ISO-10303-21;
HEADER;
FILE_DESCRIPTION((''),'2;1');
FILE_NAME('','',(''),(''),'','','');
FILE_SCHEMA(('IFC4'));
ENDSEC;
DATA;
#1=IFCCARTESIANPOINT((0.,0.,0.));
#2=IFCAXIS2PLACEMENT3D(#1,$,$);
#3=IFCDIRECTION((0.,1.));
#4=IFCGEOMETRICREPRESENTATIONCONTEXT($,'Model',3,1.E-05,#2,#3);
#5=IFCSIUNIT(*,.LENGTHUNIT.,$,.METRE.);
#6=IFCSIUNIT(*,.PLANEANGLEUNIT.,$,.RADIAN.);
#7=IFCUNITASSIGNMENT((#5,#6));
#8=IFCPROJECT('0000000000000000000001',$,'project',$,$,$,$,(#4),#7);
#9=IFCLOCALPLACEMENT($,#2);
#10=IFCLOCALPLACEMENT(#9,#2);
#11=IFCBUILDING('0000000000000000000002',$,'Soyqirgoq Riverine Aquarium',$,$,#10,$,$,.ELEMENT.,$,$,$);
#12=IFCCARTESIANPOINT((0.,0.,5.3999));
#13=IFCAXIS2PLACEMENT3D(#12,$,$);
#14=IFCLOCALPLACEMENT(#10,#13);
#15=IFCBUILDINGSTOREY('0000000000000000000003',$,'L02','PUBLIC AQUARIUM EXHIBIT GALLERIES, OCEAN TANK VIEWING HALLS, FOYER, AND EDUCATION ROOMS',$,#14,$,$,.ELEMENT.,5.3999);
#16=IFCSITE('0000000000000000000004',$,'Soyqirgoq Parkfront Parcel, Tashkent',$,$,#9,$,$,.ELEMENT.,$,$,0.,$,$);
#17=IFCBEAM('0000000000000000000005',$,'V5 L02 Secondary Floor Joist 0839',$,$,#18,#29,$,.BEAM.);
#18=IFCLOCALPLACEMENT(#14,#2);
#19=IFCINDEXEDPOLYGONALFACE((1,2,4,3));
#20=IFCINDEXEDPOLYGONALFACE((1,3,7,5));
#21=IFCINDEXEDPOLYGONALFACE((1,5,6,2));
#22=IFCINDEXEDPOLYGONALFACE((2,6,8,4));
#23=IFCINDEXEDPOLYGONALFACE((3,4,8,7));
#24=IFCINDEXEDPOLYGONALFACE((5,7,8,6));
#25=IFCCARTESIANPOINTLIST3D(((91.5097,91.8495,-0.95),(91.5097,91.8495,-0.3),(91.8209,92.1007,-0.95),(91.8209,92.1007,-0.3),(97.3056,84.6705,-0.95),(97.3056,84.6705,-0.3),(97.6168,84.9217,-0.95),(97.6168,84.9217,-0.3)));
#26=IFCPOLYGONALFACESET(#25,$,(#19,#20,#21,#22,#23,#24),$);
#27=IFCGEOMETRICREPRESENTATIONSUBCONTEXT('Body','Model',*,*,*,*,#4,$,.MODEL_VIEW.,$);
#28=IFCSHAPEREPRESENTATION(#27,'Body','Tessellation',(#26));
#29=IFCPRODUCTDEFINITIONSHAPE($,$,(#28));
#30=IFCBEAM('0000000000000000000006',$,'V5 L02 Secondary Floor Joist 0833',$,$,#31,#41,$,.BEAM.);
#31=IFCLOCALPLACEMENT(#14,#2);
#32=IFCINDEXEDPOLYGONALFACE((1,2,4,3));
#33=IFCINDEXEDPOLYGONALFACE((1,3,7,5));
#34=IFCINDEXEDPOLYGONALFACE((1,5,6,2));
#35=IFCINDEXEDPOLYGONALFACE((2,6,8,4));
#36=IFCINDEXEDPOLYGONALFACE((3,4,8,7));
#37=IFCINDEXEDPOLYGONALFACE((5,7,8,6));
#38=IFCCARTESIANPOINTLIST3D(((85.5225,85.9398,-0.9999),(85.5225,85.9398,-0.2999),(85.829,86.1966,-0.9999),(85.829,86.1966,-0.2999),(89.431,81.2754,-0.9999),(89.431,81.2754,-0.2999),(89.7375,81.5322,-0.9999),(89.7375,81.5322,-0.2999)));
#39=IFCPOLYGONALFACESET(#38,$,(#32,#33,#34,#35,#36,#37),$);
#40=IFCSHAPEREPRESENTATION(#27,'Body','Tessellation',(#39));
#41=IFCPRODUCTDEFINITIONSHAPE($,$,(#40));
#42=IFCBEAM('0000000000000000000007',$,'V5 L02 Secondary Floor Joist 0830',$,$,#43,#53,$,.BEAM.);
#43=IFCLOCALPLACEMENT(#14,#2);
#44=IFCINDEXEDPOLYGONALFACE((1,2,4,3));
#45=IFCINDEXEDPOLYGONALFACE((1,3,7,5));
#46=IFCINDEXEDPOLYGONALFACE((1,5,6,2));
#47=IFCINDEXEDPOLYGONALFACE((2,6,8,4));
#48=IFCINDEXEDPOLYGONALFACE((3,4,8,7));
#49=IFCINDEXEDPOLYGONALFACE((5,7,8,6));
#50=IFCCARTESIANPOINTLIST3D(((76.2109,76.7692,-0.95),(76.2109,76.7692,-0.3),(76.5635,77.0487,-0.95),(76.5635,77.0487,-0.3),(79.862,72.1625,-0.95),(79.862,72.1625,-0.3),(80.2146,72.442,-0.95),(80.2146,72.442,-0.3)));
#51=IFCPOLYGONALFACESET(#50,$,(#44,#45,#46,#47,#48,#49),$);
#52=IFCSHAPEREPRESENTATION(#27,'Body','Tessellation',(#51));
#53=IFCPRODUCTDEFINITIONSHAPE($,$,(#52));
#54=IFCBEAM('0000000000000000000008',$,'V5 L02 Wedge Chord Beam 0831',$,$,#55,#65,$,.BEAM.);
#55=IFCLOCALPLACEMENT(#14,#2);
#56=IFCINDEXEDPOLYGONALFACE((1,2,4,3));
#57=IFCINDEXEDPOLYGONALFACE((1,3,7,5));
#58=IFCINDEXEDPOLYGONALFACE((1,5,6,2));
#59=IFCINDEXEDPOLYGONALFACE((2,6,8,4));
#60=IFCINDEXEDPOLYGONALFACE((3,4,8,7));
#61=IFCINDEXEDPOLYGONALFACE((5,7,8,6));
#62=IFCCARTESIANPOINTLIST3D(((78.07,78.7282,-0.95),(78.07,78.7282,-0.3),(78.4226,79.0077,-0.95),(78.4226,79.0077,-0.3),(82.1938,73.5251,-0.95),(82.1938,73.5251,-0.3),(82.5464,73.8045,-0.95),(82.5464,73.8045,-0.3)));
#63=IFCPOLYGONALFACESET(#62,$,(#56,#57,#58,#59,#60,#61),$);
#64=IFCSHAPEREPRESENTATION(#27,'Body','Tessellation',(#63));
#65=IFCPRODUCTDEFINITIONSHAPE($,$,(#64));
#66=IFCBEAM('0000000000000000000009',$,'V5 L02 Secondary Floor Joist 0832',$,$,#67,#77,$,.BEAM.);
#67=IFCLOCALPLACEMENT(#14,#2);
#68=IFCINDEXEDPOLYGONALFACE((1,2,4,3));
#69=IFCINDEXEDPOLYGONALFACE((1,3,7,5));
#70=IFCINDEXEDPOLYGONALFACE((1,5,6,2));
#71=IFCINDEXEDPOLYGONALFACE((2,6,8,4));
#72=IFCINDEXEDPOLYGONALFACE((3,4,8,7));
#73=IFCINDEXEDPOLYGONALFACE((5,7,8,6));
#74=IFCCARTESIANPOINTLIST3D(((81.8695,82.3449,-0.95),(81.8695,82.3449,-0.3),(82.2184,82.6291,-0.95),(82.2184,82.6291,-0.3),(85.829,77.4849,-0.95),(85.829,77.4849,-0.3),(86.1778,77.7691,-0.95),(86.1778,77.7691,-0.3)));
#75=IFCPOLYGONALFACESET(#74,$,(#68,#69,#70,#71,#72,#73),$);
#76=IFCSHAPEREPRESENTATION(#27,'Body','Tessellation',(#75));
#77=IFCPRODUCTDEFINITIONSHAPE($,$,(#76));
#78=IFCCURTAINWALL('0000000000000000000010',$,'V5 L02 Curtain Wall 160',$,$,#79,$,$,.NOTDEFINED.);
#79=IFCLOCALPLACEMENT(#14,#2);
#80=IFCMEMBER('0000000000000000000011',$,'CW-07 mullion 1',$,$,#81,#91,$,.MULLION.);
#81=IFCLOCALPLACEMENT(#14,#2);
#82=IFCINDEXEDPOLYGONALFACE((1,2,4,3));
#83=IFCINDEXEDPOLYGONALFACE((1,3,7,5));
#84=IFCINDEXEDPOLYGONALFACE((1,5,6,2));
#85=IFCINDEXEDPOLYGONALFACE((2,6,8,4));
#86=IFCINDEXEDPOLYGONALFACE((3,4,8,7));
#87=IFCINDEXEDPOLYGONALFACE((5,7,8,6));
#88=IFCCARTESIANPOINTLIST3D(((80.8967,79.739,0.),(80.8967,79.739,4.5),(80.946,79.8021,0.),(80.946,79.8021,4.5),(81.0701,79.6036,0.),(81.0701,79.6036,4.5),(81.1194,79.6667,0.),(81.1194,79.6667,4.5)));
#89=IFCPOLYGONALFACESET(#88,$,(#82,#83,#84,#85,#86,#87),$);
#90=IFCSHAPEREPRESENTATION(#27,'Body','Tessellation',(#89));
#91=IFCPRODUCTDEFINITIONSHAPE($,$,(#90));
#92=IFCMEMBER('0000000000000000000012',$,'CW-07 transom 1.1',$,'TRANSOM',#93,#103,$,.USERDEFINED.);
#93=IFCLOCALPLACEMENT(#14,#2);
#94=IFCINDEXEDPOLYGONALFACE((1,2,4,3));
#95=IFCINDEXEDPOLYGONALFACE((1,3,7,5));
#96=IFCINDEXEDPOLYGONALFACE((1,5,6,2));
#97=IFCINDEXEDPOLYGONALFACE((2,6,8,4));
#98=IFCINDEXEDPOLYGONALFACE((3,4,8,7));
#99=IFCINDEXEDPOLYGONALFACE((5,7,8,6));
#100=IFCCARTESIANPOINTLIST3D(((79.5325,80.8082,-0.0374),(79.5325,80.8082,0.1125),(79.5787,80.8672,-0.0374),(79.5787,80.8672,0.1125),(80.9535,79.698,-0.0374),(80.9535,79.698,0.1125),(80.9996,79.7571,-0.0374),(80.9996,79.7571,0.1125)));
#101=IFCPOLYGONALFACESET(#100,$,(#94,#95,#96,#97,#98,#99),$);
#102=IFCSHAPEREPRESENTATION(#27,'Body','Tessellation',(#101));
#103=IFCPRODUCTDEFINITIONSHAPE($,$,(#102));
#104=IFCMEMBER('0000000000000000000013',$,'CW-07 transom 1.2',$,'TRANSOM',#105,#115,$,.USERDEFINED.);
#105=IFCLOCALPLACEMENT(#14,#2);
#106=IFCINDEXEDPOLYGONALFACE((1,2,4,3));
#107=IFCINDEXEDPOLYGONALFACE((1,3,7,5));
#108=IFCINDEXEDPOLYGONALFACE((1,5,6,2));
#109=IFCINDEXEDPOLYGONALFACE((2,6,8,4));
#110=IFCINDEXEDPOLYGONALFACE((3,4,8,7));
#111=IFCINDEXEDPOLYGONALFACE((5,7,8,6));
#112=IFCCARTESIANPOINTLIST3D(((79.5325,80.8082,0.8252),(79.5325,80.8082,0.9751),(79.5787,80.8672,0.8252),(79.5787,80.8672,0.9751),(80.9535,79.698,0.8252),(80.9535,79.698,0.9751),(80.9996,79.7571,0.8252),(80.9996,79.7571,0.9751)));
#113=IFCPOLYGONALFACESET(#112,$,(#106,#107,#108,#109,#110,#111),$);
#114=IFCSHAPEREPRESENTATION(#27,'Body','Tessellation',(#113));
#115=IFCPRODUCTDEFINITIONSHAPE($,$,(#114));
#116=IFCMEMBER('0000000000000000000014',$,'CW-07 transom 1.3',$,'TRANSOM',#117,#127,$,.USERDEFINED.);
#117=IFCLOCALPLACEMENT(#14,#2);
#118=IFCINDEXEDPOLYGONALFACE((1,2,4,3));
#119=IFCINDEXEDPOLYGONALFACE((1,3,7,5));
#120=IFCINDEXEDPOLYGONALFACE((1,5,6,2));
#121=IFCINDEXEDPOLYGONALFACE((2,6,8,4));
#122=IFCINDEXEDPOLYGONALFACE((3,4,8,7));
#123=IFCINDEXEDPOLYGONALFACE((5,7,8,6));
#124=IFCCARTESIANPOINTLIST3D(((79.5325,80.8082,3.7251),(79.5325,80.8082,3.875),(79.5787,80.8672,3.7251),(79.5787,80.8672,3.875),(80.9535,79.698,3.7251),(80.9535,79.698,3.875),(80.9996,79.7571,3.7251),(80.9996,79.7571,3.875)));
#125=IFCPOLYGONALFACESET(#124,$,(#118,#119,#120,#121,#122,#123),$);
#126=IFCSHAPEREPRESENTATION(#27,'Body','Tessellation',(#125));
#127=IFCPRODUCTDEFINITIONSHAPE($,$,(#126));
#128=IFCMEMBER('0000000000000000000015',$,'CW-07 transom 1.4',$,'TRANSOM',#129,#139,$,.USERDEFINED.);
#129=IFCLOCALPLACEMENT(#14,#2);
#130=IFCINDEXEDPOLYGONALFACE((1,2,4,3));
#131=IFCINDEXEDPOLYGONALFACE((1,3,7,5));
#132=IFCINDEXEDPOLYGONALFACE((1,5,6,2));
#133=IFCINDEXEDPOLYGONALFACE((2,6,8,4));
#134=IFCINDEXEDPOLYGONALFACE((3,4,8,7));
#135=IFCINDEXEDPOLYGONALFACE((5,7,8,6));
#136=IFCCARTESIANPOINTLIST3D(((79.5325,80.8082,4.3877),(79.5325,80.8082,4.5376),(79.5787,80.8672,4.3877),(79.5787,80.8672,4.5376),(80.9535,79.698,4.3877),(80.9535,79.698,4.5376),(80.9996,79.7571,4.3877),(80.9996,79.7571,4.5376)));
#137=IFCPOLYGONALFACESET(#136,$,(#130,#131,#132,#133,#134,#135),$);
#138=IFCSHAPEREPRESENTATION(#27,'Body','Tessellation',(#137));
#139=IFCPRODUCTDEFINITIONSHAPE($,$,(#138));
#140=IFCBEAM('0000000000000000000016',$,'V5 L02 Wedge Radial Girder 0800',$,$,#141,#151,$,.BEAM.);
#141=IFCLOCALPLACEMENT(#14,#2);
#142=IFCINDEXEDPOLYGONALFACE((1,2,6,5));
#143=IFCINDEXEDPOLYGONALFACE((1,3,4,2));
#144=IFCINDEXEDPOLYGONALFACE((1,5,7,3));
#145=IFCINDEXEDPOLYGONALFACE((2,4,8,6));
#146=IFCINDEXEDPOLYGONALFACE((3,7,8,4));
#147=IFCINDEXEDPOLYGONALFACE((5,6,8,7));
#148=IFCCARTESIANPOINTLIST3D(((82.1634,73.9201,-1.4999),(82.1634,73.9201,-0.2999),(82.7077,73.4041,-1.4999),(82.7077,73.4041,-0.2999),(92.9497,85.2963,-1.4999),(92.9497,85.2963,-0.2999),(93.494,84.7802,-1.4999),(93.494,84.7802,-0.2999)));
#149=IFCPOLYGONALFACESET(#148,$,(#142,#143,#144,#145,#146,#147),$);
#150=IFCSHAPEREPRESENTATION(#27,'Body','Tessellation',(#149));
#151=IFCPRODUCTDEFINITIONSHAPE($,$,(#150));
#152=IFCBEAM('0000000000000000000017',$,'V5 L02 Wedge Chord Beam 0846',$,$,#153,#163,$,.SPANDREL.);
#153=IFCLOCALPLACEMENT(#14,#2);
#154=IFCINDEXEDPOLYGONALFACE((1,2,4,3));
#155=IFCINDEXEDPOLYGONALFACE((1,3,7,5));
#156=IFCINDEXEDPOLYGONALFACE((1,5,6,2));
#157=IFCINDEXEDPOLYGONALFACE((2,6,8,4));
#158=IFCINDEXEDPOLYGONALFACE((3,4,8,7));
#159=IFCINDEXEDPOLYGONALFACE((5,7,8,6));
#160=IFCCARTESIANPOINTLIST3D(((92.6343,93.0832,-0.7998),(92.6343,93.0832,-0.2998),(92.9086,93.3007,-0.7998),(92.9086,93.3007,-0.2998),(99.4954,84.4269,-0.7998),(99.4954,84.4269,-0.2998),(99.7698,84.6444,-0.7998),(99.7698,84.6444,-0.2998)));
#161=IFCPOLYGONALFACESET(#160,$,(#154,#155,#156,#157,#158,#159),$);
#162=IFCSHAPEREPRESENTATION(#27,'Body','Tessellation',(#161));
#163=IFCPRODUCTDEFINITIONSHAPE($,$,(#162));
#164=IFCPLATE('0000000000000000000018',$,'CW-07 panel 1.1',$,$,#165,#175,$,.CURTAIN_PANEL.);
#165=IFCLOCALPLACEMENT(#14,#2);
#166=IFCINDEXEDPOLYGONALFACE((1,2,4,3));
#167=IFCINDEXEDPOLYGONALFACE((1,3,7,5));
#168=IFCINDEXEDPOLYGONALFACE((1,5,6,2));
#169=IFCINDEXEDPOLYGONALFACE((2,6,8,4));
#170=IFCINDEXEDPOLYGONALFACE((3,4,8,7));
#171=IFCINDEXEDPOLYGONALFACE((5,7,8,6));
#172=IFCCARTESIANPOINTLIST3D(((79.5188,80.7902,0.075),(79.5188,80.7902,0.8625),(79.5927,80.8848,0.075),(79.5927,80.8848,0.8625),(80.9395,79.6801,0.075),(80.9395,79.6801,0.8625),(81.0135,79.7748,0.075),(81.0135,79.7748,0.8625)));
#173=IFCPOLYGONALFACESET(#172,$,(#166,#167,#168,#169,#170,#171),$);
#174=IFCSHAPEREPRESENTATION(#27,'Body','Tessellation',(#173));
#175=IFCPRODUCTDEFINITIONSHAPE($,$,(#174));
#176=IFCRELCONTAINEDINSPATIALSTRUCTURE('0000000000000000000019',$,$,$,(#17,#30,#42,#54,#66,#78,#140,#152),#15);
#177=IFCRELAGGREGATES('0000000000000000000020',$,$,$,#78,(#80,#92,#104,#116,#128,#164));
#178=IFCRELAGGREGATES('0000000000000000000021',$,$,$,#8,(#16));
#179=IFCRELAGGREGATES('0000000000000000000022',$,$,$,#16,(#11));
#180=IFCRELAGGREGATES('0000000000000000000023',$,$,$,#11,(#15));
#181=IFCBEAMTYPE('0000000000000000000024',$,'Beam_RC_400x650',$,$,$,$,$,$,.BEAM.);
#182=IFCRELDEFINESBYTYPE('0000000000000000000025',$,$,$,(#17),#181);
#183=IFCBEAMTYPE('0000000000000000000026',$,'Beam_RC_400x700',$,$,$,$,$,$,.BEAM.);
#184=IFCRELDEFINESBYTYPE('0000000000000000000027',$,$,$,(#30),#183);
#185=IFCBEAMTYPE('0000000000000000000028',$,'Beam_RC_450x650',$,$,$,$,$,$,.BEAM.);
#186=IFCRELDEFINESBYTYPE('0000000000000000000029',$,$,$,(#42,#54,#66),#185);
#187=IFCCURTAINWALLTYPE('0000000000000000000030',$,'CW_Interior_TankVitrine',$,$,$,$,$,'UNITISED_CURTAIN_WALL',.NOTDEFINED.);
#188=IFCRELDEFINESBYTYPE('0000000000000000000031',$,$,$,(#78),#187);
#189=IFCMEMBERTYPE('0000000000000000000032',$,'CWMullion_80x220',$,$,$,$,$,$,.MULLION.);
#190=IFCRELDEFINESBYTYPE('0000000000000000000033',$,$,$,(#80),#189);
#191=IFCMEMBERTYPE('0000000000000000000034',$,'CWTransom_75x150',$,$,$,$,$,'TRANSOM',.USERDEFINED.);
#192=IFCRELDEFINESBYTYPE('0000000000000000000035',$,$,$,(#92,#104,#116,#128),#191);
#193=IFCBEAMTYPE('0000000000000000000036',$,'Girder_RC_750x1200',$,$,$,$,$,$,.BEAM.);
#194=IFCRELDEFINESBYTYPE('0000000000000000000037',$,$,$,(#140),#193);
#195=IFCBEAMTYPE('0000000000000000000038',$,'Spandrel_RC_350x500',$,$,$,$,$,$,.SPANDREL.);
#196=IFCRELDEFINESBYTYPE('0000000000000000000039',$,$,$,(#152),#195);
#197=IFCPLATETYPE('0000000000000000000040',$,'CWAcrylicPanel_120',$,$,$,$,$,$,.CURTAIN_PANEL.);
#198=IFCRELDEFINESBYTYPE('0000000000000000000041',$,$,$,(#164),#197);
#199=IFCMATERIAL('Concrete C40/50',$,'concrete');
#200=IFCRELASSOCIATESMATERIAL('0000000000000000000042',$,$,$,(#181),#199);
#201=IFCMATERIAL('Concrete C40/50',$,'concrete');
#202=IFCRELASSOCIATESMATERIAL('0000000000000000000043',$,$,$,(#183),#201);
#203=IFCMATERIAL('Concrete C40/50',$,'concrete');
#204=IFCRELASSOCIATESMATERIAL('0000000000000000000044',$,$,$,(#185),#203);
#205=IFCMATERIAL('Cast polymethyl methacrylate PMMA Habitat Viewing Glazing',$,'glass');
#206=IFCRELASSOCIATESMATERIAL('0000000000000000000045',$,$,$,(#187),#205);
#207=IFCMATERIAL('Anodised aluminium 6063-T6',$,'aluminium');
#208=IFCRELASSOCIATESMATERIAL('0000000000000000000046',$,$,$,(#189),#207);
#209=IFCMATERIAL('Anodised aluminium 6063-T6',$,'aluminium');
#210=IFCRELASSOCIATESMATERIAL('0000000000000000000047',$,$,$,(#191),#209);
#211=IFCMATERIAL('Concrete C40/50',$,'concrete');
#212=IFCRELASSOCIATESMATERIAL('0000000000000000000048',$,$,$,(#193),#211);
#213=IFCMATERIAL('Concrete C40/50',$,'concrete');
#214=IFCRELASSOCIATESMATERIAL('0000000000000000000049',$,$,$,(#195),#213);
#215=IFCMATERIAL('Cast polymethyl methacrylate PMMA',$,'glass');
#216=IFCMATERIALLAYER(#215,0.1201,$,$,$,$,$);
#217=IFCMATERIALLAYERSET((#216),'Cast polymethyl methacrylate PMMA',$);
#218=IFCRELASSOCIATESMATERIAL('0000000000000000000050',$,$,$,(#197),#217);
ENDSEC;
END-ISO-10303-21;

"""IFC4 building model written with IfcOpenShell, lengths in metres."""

from ifc_helpers import new_model, si_unit, direction, frame, origin, origin_2d, place, context, subcontext, project, spatial, rectangle, extrude, material, layer, layer_set, material_profile, profile_set, type_object, element, aggregate, save


model = new_model("IFC4")

# Units and contexts
model_context = context("Model", 3, precision=1e-05, world=origin(), true_north=direction((0.0, 1.0)))
body_context = subcontext(model_context, "Body", "Model", "MODEL_VIEW")
ifc_project = project(units=[si_unit("LENGTHUNIT", "METRE"), si_unit("PLANEANGLEUNIT", "RADIAN")], contexts=[model_context])

# Site, building, storey
site_placement = place(None, origin())
site = spatial("IfcSite", under=ifc_project, at=site_placement, Name="Soyqirgoq Parkfront Parcel, Tashkent", CompositionType="ELEMENT", RefElevation=0.0)
building_placement = place(site_placement, origin())
building = spatial("IfcBuilding", under=site, at=building_placement, Name="Soyqirgoq Riverine Aquarium", CompositionType="ELEMENT")
storey_placement = place(building_placement, frame((0.0, 0.0, 5.3999)))
storey = spatial("IfcBuildingStorey", under=building, at=storey_placement, Name="L02", Description="PUBLIC AQUARIUM EXHIBIT GALLERIES, OCEAN TANK VIEWING HALLS, FOYER, AND EDUCATION ROOMS", CompositionType="ELEMENT", Elevation=5.3999)

# Beams
ifc_material_1 = material(Name="Concrete C40/50", Category="concrete")
ifc_material_profile_1 = material_profile(ifc_material_1, rectangle(XDim=0.3999, YDim=0.6499, at=origin_2d()), Name="RC 400x650")
ifc_profile_set_1 = profile_set([ifc_material_profile_1], Name="Concrete C40/50")
beam_type_1 = type_object("IfcBeamType", Name="Beam_RC_400x650", PredefinedType="BEAM", material=ifc_profile_set_1)
beam_1_placement = place(storey_placement, frame((97.4612, 84.7961, -0.625), z_axis=(-0.628174, 0.778073, 0.0), x_axis=(-0.778073, -0.628174, 0.0)))
element("IfcBeam", 1, at=beam_1_placement, inside=storey, type_object=beam_type_1, Name="V5 L02 Secondary Floor Joist 0839", PredefinedType="BEAM", context=body_context, shape_type="SweptSolid", body=[
    extrude(rectangle(XDim=0.3999, YDim=0.6499, at=origin_2d()), origin(), (0.0, 0.0, 1.0), 9.2266),
])
ifc_material_2 = material(Name="Concrete C40/50", Category="concrete")
ifc_material_profile_2 = material_profile(ifc_material_2, rectangle(XDim=0.3999, YDim=0.7, at=origin_2d()), Name="RC 400x700")
ifc_profile_set_2 = profile_set([ifc_material_profile_2], Name="Concrete C40/50")
beam_type_2 = type_object("IfcBeamType", Name="Beam_RC_400x700", PredefinedType="BEAM", material=ifc_profile_set_2)
beam_2_placement = place(storey_placement, frame((89.5842, 81.4038, -0.6499), z_axis=(-0.64227, 0.766479, 0.0), x_axis=(-0.766479, -0.64227, 0.0)))
element("IfcBeam", 2, at=beam_2_placement, inside=storey, type_object=beam_type_2, Name="V5 L02 Secondary Floor Joist 0833", PredefinedType="BEAM", context=body_context, shape_type="SweptSolid", body=[
    extrude(rectangle(XDim=0.3999, YDim=0.7, at=origin_2d()), origin(), (0.0, 0.0, 1.0), 6.0854),
])
ifc_material_3 = material(Name="Concrete C40/50", Category="concrete")
ifc_material_profile_3 = material_profile(ifc_material_3, rectangle(XDim=0.45, YDim=0.6499, at=origin_2d()), Name="RC 450x650")
ifc_profile_set_3 = profile_set([ifc_material_profile_3], Name="Concrete C40/50")
beam_type_3 = type_object("IfcBeamType", Name="Beam_RC_450x650", PredefinedType="BEAM", material=ifc_profile_set_3)
beam_3_placement = place(storey_placement, frame((80.0383, 72.3022, -0.625), z_axis=(-0.621138, 0.783701, 0.0), x_axis=(-0.783701, -0.621138, 0.0)))
element("IfcBeam", 3, at=beam_3_placement, inside=storey, type_object=beam_type_3, Name="V5 L02 Secondary Floor Joist 0830", PredefinedType="BEAM", context=body_context, shape_type="SweptSolid", body=[
    extrude(rectangle(XDim=0.45, YDim=0.6499, at=origin_2d()), origin(), (0.0, 0.0, 1.0), 5.8782),
])
beam_4_placement = place(storey_placement, frame((82.3701, 73.6648, -0.625), z_axis=(-0.621132, 0.783706, 0.0), x_axis=(-0.783706, -0.621132, 0.0)))
element("IfcBeam", 4, at=beam_4_placement, inside=storey, type_object=beam_type_3, Name="V5 L02 Wedge Chord Beam 0831", PredefinedType="BEAM", context=body_context, shape_type="SweptSolid", body=[
    extrude(rectangle(XDim=0.45, YDim=0.6499, at=origin_2d()), origin(), (0.0, 0.0, 1.0), 6.6392),
])
beam_5_placement = place(storey_placement, frame((86.0034, 77.627, -0.625), z_axis=(-0.631614, 0.775283, 0.0), x_axis=(-0.775283, -0.631614, 0.0)))
element("IfcBeam", 5, at=beam_5_placement, inside=storey, type_object=beam_type_3, Name="V5 L02 Secondary Floor Joist 0832", PredefinedType="BEAM", context=body_context, shape_type="SweptSolid", body=[
    extrude(rectangle(XDim=0.45, YDim=0.6499, at=origin_2d()), origin(), (0.0, 0.0, 1.0), 6.2688),
])

# Curtain wall, members
ifc_material_4 = material(Name="Cast polymethyl methacrylate PMMA Habitat Viewing Glazing", Category="glass")
curtain_wall_type = type_object("IfcCurtainWallType", Name="CW_Interior_TankVitrine", ElementType="UNITISED_CURTAIN_WALL", PredefinedType="NOTDEFINED", material=ifc_material_4)
curtain_wall_placement = place(storey_placement, origin())
curtain_wall = element("IfcCurtainWall", 6, at=curtain_wall_placement, inside=storey, type_object=curtain_wall_type, Name="V5 L02 Curtain Wall 160", PredefinedType="NOTDEFINED")
ifc_material_5 = material(Name="Anodised aluminium 6063-T6", Category="aluminium")
ifc_material_profile_4 = material_profile(ifc_material_5, rectangle(XDim=0.0801, YDim=0.22, at=origin_2d()), Name="ALU-M 80x220")
ifc_profile_set_4 = profile_set([ifc_material_profile_4], Name="Anodised aluminium 6063-T6")
member_type_1 = type_object("IfcMemberType", Name="CWMullion_80x220", PredefinedType="MULLION", material=ifc_profile_set_4)
member_1_placement = place(storey_placement, frame((81.0081, 79.7029, 0.0), z_axis=(0.0, 0.0, 1.0), x_axis=(-0.615655, -0.788016, 0.0)))
member_1 = element("IfcMember", 7, at=member_1_placement, type_object=member_type_1, Name="CW-07 mullion 1", PredefinedType="MULLION", context=body_context, shape_type="SweptSolid", body=[
    extrude(rectangle(XDim=0.0801, YDim=0.22, at=origin_2d()), origin(), (0.0, 0.0, 1.0), 4.5),
])
ifc_material_6 = material(Name="Anodised aluminium 6063-T6", Category="aluminium")
ifc_material_profile_5 = material_profile(ifc_material_6, rectangle(XDim=0.075, YDim=0.1499, at=origin_2d()), Name="ALU-T 75x150")
ifc_profile_set_5 = profile_set([ifc_material_profile_5], Name="Anodised aluminium 6063-T6")
member_type_2 = type_object("IfcMemberType", Name="CWTransom_75x150", ElementType="TRANSOM", PredefinedType="USERDEFINED", material=ifc_profile_set_5)
member_2_placement = place(storey_placement, frame((80.9766, 79.7275, 0.0376), z_axis=(-0.788016, 0.615655, 0.0), x_axis=(-0.615655, -0.788016, 0.0)))
member_2 = element("IfcMember", 8, at=member_2_placement, type_object=member_type_2, Name="CW-07 transom 1.1", ObjectType="TRANSOM", PredefinedType="USERDEFINED", context=body_context, shape_type="SweptSolid", body=[
    extrude(rectangle(XDim=0.075, YDim=0.1499, at=origin_2d()), origin(), (0.0, 0.0, 1.0), 1.8032),
])
member_3_placement = place(storey_placement, frame((80.9766, 79.7275, 0.9001), z_axis=(-0.788016, 0.615655, 0.0), x_axis=(-0.615655, -0.788016, 0.0)))
member_3 = element("IfcMember", 9, at=member_3_placement, type_object=member_type_2, Name="CW-07 transom 1.2", ObjectType="TRANSOM", PredefinedType="USERDEFINED", context=body_context, shape_type="SweptSolid", body=[
    extrude(rectangle(XDim=0.075, YDim=0.1499, at=origin_2d()), origin(), (0.0, 0.0, 1.0), 1.8032),
])
member_4_placement = place(storey_placement, frame((80.9766, 79.7275, 3.8), z_axis=(-0.788016, 0.615655, 0.0), x_axis=(-0.615655, -0.788016, 0.0)))
member_4 = element("IfcMember", 10, at=member_4_placement, type_object=member_type_2, Name="CW-07 transom 1.3", ObjectType="TRANSOM", PredefinedType="USERDEFINED", context=body_context, shape_type="SweptSolid", body=[
    extrude(rectangle(XDim=0.075, YDim=0.1499, at=origin_2d()), origin(), (0.0, 0.0, 1.0), 1.8032),
])
member_5_placement = place(storey_placement, frame((80.9766, 79.7275, 4.4626), z_axis=(-0.788016, 0.615655, 0.0), x_axis=(-0.615655, -0.788016, 0.0)))
member_5 = element("IfcMember", 11, at=member_5_placement, type_object=member_type_2, Name="CW-07 transom 1.4", ObjectType="TRANSOM", PredefinedType="USERDEFINED", context=body_context, shape_type="SweptSolid", body=[
    extrude(rectangle(XDim=0.075, YDim=0.1499, at=origin_2d()), origin(), (0.0, 0.0, 1.0), 1.8032),
])

# Beams
ifc_material_7 = material(Name="Concrete C40/50", Category="concrete")
ifc_material_profile_6 = material_profile(ifc_material_7, rectangle(XDim=0.75, YDim=1.2, at=origin_2d()), Name="RC 750x1200")
ifc_profile_set_6 = profile_set([ifc_material_profile_6], Name="Concrete C40/50")
beam_type_4 = type_object("IfcBeamType", Name="Girder_RC_750x1200", PredefinedType="BEAM", material=ifc_profile_set_6)
beam_6_placement = place(storey_placement, frame((82.4355, 73.6621, -0.8999), z_axis=(0.688044, 0.725669, 0.0), x_axis=(-0.725669, 0.688044, 0.0)))
element("IfcBeam", 12, at=beam_6_placement, inside=storey, type_object=beam_type_4, Name="V5 L02 Wedge Radial Girder 0800", PredefinedType="BEAM", context=body_context, shape_type="SweptSolid", body=[
    extrude(rectangle(XDim=0.75, YDim=1.2, at=origin_2d()), origin(), (0.0, 0.0, 1.0), 15.6768),
])
ifc_material_8 = material(Name="Concrete C40/50", Category="concrete")
ifc_material_profile_7 = material_profile(ifc_material_8, rectangle(XDim=0.3501, YDim=0.5, at=origin_2d()), Name="RC 350x500")
ifc_profile_set_7 = profile_set([ifc_material_profile_7], Name="Concrete C40/50")
beam_type_5 = type_object("IfcBeamType", Name="Spandrel_RC_350x500", PredefinedType="SPANDREL", material=ifc_profile_set_7)
beam_7_placement = place(storey_placement, frame((99.6326, 84.5356, -0.5498), z_axis=(-0.62116, 0.783684, 0.0), x_axis=(-0.783684, -0.62116, 0.0)))
element("IfcBeam", 13, at=beam_7_placement, inside=storey, type_object=beam_type_5, Name="V5 L02 Wedge Chord Beam 0846", PredefinedType="SPANDREL", context=body_context, shape_type="SweptSolid", body=[
    extrude(rectangle(XDim=0.3501, YDim=0.5, at=origin_2d()), origin(), (0.0, 0.0, 1.0), 11.0457),
])

# Plate
ifc_material_9 = material(Name="Cast polymethyl methacrylate PMMA", Category="glass")
ifc_layer_1 = layer(ifc_material_9, 0.1201)
ifc_layer_set_1 = layer_set([ifc_layer_1], Name="Cast polymethyl methacrylate PMMA")
plate_type = type_object("IfcPlateType", Name="CWAcrylicPanel_120", PredefinedType="CURTAIN_PANEL", material=ifc_layer_set_1)
plate_1_placement = place(storey_placement, frame((80.2661, 80.2825, 0.075), z_axis=(0.0, 0.0, 1.0), x_axis=(-0.788016, 0.615655, 0.0)))
plate_1 = element("IfcPlate", 14, at=plate_1_placement, type_object=plate_type, Name="CW-07 panel 1.1", PredefinedType="CURTAIN_PANEL", context=body_context, shape_type="SweptSolid", body=[
    extrude(rectangle(XDim=1.803, YDim=0.1201, at=origin_2d()), origin(), (0.0, 0.0, 1.0), 0.7876),
])
aggregate(curtain_wall, [member_1, member_2, member_3, member_4, member_5, plate_1])

save(model, "model.ifc")
